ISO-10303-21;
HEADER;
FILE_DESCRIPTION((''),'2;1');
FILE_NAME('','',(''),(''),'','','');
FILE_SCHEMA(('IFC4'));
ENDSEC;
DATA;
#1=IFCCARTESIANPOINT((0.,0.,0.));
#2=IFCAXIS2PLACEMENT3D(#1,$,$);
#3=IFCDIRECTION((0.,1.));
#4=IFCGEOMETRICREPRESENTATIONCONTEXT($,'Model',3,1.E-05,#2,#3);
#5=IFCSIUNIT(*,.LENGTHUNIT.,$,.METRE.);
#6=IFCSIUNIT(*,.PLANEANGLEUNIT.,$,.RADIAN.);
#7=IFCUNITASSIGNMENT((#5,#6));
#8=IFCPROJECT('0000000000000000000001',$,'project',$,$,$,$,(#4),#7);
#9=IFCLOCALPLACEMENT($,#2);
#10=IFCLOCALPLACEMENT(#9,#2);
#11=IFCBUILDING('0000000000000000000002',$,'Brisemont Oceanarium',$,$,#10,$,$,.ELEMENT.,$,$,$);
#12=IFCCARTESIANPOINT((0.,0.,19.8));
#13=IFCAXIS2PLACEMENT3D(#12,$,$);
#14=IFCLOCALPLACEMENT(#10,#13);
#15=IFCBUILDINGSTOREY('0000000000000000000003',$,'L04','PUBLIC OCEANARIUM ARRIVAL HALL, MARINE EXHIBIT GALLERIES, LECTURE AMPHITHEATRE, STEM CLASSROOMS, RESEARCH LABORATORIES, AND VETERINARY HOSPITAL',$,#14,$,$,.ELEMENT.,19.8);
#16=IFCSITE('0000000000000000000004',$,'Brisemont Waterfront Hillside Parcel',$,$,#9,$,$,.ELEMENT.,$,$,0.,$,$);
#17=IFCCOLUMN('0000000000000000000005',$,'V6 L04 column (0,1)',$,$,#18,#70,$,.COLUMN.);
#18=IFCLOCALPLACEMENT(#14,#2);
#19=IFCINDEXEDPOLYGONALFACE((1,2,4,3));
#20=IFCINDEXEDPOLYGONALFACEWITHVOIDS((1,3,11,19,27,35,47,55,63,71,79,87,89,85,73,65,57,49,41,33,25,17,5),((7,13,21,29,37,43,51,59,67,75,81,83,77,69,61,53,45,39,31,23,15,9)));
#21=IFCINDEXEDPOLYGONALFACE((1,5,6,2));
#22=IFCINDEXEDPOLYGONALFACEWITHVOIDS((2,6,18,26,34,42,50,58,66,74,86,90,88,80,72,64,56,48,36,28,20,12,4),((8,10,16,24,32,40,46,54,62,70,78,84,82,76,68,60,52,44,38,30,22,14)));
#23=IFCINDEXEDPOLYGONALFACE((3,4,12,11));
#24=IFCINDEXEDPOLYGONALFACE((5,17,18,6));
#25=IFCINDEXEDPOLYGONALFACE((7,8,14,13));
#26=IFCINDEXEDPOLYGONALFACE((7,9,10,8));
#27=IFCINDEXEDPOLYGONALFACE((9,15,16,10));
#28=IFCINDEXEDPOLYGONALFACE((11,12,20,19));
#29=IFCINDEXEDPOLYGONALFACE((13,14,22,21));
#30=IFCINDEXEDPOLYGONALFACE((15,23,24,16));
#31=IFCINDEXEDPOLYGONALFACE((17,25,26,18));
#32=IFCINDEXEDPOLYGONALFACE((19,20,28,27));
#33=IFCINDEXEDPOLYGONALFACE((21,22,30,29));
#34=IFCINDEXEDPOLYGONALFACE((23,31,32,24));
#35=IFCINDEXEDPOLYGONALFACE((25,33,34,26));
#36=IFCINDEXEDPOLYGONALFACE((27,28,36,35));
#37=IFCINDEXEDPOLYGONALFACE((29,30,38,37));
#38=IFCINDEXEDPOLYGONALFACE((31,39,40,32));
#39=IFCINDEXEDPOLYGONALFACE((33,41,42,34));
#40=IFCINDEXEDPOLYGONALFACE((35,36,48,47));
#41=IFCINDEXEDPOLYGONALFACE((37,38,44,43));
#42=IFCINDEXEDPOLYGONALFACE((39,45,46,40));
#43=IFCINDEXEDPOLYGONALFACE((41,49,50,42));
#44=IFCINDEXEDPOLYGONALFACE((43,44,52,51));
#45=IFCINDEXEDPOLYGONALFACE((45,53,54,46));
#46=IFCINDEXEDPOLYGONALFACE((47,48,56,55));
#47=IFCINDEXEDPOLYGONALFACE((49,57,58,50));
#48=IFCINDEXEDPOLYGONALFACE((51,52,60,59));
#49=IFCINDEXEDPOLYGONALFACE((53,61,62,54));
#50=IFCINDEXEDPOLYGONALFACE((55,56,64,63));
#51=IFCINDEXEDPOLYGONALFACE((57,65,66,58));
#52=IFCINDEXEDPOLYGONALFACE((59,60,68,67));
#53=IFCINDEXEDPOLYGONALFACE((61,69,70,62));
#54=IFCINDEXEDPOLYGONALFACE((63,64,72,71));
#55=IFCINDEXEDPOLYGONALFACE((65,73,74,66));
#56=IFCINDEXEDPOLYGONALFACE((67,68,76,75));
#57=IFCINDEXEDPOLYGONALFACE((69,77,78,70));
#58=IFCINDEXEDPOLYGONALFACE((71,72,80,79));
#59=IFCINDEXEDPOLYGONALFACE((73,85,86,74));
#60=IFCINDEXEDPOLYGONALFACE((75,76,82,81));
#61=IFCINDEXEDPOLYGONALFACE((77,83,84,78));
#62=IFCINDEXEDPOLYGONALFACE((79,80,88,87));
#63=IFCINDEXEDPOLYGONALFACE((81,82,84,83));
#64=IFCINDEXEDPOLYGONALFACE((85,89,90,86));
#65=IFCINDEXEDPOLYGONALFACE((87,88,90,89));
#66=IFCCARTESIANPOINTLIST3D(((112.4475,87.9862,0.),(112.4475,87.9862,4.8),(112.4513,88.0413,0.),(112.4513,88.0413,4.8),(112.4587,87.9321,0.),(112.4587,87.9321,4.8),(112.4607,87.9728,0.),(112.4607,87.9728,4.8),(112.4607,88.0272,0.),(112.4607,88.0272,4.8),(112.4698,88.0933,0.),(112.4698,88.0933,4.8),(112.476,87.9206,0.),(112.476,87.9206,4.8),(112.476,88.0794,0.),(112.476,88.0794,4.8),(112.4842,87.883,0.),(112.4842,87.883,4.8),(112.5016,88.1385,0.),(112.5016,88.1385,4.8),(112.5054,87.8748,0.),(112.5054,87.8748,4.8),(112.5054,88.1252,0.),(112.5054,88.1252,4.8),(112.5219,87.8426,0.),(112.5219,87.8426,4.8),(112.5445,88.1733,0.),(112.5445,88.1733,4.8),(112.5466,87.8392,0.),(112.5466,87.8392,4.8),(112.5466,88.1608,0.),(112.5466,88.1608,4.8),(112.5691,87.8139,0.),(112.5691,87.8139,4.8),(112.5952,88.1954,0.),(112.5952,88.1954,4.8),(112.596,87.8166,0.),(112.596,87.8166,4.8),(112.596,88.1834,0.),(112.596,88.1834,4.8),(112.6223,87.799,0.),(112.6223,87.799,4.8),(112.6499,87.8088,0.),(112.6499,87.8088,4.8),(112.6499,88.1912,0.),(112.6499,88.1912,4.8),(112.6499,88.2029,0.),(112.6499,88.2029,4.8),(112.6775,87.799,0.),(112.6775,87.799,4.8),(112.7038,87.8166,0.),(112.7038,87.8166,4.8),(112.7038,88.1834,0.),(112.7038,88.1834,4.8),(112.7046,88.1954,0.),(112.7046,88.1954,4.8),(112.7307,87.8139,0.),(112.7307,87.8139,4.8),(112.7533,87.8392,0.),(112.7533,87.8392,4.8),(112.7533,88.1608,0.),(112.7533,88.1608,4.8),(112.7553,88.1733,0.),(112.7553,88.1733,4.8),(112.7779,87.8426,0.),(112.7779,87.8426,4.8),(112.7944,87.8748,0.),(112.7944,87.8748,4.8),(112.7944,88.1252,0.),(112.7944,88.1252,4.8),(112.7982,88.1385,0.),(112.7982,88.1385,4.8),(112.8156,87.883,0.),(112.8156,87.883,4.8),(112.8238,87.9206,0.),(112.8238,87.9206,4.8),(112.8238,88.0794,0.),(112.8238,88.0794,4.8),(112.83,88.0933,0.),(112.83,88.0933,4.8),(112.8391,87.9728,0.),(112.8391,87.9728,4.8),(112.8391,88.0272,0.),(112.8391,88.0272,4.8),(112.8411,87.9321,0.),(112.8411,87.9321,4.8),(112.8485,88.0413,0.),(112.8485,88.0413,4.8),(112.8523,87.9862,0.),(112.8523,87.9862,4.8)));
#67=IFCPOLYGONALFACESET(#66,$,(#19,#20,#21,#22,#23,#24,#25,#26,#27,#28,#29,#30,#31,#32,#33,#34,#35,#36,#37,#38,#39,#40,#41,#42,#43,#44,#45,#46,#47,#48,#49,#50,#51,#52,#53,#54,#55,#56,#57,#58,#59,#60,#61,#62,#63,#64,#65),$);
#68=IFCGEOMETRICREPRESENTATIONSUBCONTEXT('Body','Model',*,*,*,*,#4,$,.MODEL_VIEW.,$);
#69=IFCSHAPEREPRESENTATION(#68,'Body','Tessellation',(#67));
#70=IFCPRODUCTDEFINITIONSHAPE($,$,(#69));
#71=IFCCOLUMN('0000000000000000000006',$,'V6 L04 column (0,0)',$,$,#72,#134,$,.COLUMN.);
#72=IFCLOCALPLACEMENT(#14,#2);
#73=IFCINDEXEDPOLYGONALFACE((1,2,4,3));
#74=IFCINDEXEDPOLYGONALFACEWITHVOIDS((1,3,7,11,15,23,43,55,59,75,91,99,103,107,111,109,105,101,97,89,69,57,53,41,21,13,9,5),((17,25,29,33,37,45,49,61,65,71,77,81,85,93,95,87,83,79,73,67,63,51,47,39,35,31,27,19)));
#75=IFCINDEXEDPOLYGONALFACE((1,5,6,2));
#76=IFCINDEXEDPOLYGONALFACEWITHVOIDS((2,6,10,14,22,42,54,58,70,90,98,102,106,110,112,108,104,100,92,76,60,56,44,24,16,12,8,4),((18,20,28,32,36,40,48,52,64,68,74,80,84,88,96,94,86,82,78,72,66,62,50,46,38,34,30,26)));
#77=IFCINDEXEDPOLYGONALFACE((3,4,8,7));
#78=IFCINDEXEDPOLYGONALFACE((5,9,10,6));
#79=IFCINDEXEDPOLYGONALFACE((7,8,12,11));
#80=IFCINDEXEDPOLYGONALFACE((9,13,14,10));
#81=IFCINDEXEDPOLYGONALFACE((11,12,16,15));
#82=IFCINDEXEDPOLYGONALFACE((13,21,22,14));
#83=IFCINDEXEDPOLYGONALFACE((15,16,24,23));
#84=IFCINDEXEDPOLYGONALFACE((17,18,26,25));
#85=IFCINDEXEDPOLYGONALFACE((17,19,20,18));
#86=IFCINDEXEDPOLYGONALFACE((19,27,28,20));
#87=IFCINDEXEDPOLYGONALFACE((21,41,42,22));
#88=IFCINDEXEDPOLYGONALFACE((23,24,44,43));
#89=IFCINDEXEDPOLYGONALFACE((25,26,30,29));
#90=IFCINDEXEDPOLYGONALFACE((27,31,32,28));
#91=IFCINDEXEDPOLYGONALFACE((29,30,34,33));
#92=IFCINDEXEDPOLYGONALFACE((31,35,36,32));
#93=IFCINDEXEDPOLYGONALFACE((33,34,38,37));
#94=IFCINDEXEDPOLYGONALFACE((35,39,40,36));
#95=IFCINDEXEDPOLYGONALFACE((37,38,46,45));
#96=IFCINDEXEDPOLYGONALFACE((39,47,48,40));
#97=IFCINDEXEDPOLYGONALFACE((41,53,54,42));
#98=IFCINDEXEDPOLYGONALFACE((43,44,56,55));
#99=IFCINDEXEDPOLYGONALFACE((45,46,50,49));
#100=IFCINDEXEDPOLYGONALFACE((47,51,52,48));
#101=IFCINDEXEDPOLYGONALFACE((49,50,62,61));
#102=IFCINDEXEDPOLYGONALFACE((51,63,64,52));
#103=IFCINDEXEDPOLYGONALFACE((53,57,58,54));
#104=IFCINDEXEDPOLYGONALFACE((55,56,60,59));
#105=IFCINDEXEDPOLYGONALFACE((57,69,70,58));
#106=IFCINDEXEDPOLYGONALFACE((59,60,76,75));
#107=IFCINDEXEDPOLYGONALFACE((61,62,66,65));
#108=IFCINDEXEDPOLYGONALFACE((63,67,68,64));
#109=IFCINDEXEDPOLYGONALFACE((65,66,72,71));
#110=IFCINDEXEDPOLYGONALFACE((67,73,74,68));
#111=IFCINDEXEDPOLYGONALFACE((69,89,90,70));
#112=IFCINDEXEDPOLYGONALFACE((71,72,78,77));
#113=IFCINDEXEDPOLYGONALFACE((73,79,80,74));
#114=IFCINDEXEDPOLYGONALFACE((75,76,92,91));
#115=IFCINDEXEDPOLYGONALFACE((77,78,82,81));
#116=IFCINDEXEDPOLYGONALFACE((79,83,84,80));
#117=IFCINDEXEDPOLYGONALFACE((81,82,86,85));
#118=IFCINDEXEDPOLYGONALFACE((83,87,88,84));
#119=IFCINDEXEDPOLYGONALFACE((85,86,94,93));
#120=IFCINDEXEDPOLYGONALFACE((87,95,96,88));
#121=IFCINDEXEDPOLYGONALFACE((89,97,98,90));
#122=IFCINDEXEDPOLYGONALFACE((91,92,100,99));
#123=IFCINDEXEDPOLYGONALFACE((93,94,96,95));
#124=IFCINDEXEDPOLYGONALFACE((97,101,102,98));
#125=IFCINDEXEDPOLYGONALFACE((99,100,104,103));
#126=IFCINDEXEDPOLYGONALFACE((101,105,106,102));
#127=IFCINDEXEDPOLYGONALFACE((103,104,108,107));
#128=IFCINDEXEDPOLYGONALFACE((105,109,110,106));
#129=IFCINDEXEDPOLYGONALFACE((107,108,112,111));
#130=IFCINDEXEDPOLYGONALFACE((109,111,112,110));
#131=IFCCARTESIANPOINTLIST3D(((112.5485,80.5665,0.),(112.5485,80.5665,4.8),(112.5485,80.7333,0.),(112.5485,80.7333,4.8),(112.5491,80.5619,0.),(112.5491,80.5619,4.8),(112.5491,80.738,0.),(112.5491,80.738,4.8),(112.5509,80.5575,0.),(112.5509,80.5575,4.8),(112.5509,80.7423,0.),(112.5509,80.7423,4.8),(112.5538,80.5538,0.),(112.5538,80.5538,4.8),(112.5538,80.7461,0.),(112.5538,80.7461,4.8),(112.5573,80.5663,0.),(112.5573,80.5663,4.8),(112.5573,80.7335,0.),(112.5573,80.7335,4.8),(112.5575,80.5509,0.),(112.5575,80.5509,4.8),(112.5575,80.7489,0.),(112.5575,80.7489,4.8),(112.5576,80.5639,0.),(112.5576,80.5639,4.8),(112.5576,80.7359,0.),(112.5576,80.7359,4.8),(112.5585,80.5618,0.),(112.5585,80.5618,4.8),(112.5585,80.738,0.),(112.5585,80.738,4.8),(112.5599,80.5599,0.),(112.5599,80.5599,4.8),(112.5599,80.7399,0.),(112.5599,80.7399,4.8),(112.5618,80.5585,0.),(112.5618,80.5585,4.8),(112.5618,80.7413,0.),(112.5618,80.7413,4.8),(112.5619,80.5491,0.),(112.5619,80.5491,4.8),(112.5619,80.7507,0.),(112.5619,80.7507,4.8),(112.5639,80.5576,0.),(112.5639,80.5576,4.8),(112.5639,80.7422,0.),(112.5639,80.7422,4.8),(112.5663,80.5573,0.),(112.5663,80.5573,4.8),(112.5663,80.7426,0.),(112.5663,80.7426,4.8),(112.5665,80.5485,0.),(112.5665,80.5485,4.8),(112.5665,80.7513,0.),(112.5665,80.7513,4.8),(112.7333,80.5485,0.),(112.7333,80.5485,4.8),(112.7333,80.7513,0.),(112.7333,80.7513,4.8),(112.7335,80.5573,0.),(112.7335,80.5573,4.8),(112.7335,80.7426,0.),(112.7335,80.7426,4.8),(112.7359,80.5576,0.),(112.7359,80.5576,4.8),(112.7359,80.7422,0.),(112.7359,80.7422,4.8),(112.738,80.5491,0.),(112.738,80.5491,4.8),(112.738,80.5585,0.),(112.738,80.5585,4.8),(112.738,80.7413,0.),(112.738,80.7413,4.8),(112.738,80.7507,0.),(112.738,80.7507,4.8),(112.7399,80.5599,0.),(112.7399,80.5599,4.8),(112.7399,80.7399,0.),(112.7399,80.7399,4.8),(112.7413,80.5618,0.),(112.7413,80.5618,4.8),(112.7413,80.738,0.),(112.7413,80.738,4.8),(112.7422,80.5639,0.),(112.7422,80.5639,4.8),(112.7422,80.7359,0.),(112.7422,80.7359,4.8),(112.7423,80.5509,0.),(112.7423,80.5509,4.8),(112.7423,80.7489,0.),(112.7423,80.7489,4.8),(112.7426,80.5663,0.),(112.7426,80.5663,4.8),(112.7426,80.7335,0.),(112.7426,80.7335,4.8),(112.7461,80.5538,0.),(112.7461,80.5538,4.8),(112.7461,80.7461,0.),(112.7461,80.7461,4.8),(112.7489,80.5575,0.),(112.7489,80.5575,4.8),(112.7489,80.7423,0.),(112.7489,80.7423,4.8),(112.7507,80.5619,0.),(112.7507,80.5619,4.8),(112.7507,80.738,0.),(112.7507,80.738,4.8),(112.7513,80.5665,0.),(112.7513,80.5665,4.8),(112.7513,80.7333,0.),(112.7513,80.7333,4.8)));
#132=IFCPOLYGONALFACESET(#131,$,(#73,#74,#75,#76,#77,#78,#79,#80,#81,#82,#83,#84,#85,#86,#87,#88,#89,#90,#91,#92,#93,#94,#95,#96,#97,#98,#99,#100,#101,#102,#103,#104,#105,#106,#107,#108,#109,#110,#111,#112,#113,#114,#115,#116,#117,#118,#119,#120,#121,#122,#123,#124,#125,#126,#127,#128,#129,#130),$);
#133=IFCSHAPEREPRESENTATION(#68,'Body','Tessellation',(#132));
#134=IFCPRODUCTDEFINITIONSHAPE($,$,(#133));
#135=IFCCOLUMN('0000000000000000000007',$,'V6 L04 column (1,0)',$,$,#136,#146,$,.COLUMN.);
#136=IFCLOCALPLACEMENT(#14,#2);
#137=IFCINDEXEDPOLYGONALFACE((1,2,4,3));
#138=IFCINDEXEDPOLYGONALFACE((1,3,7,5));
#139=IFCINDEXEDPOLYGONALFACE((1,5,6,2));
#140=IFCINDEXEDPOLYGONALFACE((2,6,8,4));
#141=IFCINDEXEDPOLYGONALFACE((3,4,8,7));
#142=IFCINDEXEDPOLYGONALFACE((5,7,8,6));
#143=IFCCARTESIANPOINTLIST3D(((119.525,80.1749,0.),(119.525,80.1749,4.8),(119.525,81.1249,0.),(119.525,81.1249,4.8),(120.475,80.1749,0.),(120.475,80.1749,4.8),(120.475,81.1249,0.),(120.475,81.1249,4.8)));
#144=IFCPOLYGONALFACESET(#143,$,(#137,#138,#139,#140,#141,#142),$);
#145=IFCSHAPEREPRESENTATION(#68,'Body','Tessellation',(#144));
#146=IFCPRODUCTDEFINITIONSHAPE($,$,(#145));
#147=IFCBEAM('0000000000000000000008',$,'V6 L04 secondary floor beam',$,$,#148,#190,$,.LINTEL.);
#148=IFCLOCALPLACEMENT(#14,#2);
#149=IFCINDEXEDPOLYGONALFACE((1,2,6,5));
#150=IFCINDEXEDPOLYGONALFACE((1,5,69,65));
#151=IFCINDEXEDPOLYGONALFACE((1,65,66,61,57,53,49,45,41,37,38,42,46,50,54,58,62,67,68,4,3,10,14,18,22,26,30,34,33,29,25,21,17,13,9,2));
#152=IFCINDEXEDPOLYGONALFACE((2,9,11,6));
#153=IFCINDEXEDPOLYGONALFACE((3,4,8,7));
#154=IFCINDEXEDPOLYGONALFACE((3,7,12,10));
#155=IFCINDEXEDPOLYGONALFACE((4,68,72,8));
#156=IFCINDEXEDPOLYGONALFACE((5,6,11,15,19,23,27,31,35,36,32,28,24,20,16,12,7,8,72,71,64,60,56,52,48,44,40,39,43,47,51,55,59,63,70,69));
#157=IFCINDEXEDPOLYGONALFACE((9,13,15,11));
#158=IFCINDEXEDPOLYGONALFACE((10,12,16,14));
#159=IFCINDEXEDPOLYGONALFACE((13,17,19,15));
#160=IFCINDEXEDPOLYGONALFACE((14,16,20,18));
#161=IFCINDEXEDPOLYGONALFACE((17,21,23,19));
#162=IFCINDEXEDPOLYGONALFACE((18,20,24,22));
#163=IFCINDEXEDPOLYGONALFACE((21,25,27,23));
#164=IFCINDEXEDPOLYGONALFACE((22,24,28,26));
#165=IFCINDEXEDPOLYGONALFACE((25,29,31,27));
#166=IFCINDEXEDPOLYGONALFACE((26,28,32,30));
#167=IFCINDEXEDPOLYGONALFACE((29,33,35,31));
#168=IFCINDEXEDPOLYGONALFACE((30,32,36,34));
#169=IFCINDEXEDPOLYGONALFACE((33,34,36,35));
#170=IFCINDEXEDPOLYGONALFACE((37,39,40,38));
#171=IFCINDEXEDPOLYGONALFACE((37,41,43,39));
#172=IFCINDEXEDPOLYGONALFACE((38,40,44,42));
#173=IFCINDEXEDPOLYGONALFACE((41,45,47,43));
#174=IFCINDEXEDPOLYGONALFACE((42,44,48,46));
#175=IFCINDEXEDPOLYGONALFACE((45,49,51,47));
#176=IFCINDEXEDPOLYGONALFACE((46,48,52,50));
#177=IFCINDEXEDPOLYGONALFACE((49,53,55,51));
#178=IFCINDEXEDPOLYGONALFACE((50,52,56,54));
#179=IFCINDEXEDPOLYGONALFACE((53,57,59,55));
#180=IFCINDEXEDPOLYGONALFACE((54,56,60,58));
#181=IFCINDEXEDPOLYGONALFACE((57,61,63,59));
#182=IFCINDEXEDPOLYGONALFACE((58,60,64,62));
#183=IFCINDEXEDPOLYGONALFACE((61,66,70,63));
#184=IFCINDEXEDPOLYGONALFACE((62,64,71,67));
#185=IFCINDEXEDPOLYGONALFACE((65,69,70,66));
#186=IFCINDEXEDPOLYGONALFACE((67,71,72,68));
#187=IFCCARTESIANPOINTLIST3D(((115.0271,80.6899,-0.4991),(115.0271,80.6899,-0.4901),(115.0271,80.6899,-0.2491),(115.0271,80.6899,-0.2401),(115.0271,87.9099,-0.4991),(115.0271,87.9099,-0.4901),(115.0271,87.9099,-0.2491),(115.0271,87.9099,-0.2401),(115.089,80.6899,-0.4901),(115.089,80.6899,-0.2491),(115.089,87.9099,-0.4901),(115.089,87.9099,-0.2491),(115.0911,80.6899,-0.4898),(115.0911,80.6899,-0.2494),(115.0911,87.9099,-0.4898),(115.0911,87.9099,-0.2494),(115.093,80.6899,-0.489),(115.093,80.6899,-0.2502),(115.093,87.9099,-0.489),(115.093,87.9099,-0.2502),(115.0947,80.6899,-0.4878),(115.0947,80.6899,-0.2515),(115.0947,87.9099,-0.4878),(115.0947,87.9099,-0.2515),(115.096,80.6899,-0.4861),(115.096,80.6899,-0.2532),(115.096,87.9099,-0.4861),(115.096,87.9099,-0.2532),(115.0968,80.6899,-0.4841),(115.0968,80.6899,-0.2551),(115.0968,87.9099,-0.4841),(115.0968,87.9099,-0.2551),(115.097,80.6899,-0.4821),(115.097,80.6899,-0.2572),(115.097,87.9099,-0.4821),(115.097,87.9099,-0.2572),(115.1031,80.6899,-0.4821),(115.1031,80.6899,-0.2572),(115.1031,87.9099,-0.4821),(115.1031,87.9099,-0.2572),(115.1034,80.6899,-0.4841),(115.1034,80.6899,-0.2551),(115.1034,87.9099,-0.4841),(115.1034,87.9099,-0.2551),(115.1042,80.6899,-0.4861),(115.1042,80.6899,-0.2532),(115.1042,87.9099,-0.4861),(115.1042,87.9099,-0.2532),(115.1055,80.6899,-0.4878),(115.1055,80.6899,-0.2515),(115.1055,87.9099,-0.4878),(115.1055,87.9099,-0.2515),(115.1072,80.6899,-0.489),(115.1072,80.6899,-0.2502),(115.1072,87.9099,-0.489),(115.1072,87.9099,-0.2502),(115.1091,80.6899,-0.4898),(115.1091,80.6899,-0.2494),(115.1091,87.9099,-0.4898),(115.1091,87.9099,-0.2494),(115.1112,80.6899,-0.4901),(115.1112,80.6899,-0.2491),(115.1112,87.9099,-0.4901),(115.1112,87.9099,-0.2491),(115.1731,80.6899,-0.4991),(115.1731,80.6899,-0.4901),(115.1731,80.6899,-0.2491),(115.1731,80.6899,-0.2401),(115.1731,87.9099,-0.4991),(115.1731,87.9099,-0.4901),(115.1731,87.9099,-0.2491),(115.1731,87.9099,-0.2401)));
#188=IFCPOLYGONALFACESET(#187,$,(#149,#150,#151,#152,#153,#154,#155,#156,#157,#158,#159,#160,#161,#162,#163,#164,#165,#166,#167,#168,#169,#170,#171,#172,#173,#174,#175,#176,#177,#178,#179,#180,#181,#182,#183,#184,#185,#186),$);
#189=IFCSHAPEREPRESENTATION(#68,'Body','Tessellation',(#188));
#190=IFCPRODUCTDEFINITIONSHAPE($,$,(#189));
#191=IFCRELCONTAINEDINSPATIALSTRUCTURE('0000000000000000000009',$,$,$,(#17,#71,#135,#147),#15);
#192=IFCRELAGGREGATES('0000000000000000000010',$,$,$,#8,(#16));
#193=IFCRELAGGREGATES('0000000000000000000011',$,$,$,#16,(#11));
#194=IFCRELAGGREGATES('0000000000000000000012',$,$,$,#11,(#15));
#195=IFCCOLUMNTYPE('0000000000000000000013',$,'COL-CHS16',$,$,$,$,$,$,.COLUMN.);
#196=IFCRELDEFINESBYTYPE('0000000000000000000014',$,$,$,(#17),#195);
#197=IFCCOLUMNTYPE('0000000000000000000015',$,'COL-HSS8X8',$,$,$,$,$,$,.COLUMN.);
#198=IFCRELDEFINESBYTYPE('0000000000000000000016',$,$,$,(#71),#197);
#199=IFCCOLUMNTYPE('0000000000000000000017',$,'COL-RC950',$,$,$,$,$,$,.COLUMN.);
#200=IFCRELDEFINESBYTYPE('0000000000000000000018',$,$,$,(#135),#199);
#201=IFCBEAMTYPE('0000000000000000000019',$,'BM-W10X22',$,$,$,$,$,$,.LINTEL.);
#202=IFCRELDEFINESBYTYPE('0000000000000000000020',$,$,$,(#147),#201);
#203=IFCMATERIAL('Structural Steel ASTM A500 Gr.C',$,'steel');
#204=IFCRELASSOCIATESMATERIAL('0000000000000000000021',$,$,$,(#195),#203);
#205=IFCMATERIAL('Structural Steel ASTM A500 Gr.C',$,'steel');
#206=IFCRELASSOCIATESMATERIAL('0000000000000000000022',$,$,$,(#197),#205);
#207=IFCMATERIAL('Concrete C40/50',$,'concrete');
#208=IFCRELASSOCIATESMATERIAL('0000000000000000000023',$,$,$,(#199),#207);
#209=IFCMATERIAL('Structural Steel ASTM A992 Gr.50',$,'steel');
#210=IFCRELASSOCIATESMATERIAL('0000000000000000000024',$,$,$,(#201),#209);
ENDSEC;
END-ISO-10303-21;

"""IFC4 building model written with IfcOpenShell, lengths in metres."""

from ifc_helpers import new_model, si_unit, direction, frame, origin, origin_2d, place, context, subcontext, project, spatial, rectangle, hollow_rectangle, hollow_circle, i_section, extrude, material, material_profile, profile_set, type_object, element, save


model = new_model("IFC4")

# Units and contexts
model_context = context("Model", 3, precision=1e-05, world=origin(), true_north=direction((0.0, 1.0)))
body_context = subcontext(model_context, "Body", "Model", "MODEL_VIEW")
ifc_project = project(units=[si_unit("LENGTHUNIT", "METRE"), si_unit("PLANEANGLEUNIT", "RADIAN")], contexts=[model_context])

# Site, building, storey
site_placement = place(None, origin())
site = spatial("IfcSite", under=ifc_project, at=site_placement, Name="Brisemont Waterfront Hillside Parcel", CompositionType="ELEMENT", RefElevation=0.0)
building_placement = place(site_placement, origin())
building = spatial("IfcBuilding", under=site, at=building_placement, Name="Brisemont Oceanarium", CompositionType="ELEMENT")
storey_placement = place(building_placement, frame((0.0, 0.0, 19.8)))
storey = spatial("IfcBuildingStorey", under=building, at=storey_placement, Name="L04", Description="PUBLIC OCEANARIUM ARRIVAL HALL, MARINE EXHIBIT GALLERIES, LECTURE AMPHITHEATRE, STEM CLASSROOMS, RESEARCH LABORATORIES, AND VETERINARY HOSPITAL", CompositionType="ELEMENT", Elevation=19.8)

# Columns
ifc_material_1 = material(Name="Structural Steel ASTM A500 Gr.C", Category="steel")
ifc_material_profile_1 = material_profile(ifc_material_1, hollow_circle(Radius=0.2029, WallThickness=0.0117, at=origin_2d()), Name="HSS16.000X0.500")
ifc_profile_set_1 = profile_set([ifc_material_profile_1], Name="Structural Steel ASTM A500 Gr.C")
column_type_1 = type_object("IfcColumnType", Name="COL-CHS16", PredefinedType="COLUMN", material=ifc_profile_set_1)
column_1_placement = place(storey_placement, frame((112.6499, 88.0, 0.0), z_axis=(0.0, 0.0, 1.0), x_axis=(0.0, 1.0, 0.0)))
element("IfcColumn", 1, at=column_1_placement, inside=storey, type_object=column_type_1, Name="V6 L04 column (0,1)", PredefinedType="COLUMN", context=body_context, shape_type="SweptSolid", body=[
    extrude(hollow_circle(Radius=0.2029, WallThickness=0.0117, at=origin_2d()), origin(), (0.0, 0.0, 1.0), 4.8),
])
ifc_material_2 = material(Name="Structural Steel ASTM A500 Gr.C", Category="steel")
ifc_material_profile_2 = material_profile(ifc_material_2, hollow_rectangle(XDim=0.2029, YDim=0.2029, WallThickness=0.0088, InnerFilletRadius=0.009, OuterFilletRadius=0.0181, at=origin_2d()), Name="HSS8X8X3/8")
ifc_profile_set_2 = profile_set([ifc_material_profile_2], Name="Structural Steel ASTM A500 Gr.C")
column_type_2 = type_object("IfcColumnType", Name="COL-HSS8X8", PredefinedType="COLUMN", material=ifc_profile_set_2)
column_2_placement = place(storey_placement, frame((112.6499, 80.6499, 0.0), z_axis=(0.0, 0.0, 1.0), x_axis=(1.0, 0.0, 0.0)))
element("IfcColumn", 2, at=column_2_placement, inside=storey, type_object=column_type_2, Name="V6 L04 column (0,0)", PredefinedType="COLUMN", context=body_context, shape_type="SweptSolid", body=[
    extrude(hollow_rectangle(XDim=0.2029, YDim=0.2029, WallThickness=0.0088, InnerFilletRadius=0.009, OuterFilletRadius=0.0181, at=origin_2d()), origin(), (0.0, 0.0, 1.0), 4.8),
])
ifc_material_3 = material(Name="Concrete C40/50", Category="concrete")
ifc_material_profile_3 = material_profile(ifc_material_3, rectangle(XDim=0.95, YDim=0.95, at=origin_2d()), Name="RC-COL-950X950")
ifc_profile_set_3 = profile_set([ifc_material_profile_3], Name="Concrete C40/50")
column_type_3 = type_object("IfcColumnType", Name="COL-RC950", PredefinedType="COLUMN", material=ifc_profile_set_3)
column_3_placement = place(storey_placement, frame((120.0, 80.6499, 0.0), z_axis=(0.0, 0.0, 1.0), x_axis=(0.0, 1.0, 0.0)))
element("IfcColumn", 3, at=column_3_placement, inside=storey, type_object=column_type_3, Name="V6 L04 column (1,0)", PredefinedType="COLUMN", context=body_context, shape_type="SweptSolid", body=[
    extrude(rectangle(XDim=0.95, YDim=0.95, at=origin_2d()), origin(), (0.0, 0.0, 1.0), 4.8),
])

# Beam
ifc_material_4 = material(Name="Structural Steel ASTM A992 Gr.50", Category="steel")
ifc_material_profile_4 = material_profile(ifc_material_4, i_section(OverallWidth=0.146, OverallDepth=0.259, WebThickness=0.0061, FlangeThickness=0.009, FilletRadius=0.0081, at=origin_2d()), Name="W10X22")
ifc_profile_set_4 = profile_set([ifc_material_profile_4], Name="Structural Steel ASTM A992 Gr.50")
beam_type_1 = type_object("IfcBeamType", Name="BM-W10X22", PredefinedType="LINTEL", material=ifc_profile_set_4)
beam_1_placement = place(storey_placement, frame((115.1001, 80.6899, -0.3696), z_axis=(0.0, 1.0, 0.0), x_axis=(-1.0, 0.0, 0.0)))
element("IfcBeam", 4, at=beam_1_placement, inside=storey, type_object=beam_type_1, Name="V6 L04 secondary floor beam", PredefinedType="LINTEL", context=body_context, shape_type="SweptSolid", body=[
    extrude(i_section(OverallWidth=0.146, OverallDepth=0.259, WebThickness=0.0061, FlangeThickness=0.009, FilletRadius=0.0081, at=origin_2d()), origin(), (0.0, 0.0, 1.0), 7.22),
])

save(model, "model.ifc")
